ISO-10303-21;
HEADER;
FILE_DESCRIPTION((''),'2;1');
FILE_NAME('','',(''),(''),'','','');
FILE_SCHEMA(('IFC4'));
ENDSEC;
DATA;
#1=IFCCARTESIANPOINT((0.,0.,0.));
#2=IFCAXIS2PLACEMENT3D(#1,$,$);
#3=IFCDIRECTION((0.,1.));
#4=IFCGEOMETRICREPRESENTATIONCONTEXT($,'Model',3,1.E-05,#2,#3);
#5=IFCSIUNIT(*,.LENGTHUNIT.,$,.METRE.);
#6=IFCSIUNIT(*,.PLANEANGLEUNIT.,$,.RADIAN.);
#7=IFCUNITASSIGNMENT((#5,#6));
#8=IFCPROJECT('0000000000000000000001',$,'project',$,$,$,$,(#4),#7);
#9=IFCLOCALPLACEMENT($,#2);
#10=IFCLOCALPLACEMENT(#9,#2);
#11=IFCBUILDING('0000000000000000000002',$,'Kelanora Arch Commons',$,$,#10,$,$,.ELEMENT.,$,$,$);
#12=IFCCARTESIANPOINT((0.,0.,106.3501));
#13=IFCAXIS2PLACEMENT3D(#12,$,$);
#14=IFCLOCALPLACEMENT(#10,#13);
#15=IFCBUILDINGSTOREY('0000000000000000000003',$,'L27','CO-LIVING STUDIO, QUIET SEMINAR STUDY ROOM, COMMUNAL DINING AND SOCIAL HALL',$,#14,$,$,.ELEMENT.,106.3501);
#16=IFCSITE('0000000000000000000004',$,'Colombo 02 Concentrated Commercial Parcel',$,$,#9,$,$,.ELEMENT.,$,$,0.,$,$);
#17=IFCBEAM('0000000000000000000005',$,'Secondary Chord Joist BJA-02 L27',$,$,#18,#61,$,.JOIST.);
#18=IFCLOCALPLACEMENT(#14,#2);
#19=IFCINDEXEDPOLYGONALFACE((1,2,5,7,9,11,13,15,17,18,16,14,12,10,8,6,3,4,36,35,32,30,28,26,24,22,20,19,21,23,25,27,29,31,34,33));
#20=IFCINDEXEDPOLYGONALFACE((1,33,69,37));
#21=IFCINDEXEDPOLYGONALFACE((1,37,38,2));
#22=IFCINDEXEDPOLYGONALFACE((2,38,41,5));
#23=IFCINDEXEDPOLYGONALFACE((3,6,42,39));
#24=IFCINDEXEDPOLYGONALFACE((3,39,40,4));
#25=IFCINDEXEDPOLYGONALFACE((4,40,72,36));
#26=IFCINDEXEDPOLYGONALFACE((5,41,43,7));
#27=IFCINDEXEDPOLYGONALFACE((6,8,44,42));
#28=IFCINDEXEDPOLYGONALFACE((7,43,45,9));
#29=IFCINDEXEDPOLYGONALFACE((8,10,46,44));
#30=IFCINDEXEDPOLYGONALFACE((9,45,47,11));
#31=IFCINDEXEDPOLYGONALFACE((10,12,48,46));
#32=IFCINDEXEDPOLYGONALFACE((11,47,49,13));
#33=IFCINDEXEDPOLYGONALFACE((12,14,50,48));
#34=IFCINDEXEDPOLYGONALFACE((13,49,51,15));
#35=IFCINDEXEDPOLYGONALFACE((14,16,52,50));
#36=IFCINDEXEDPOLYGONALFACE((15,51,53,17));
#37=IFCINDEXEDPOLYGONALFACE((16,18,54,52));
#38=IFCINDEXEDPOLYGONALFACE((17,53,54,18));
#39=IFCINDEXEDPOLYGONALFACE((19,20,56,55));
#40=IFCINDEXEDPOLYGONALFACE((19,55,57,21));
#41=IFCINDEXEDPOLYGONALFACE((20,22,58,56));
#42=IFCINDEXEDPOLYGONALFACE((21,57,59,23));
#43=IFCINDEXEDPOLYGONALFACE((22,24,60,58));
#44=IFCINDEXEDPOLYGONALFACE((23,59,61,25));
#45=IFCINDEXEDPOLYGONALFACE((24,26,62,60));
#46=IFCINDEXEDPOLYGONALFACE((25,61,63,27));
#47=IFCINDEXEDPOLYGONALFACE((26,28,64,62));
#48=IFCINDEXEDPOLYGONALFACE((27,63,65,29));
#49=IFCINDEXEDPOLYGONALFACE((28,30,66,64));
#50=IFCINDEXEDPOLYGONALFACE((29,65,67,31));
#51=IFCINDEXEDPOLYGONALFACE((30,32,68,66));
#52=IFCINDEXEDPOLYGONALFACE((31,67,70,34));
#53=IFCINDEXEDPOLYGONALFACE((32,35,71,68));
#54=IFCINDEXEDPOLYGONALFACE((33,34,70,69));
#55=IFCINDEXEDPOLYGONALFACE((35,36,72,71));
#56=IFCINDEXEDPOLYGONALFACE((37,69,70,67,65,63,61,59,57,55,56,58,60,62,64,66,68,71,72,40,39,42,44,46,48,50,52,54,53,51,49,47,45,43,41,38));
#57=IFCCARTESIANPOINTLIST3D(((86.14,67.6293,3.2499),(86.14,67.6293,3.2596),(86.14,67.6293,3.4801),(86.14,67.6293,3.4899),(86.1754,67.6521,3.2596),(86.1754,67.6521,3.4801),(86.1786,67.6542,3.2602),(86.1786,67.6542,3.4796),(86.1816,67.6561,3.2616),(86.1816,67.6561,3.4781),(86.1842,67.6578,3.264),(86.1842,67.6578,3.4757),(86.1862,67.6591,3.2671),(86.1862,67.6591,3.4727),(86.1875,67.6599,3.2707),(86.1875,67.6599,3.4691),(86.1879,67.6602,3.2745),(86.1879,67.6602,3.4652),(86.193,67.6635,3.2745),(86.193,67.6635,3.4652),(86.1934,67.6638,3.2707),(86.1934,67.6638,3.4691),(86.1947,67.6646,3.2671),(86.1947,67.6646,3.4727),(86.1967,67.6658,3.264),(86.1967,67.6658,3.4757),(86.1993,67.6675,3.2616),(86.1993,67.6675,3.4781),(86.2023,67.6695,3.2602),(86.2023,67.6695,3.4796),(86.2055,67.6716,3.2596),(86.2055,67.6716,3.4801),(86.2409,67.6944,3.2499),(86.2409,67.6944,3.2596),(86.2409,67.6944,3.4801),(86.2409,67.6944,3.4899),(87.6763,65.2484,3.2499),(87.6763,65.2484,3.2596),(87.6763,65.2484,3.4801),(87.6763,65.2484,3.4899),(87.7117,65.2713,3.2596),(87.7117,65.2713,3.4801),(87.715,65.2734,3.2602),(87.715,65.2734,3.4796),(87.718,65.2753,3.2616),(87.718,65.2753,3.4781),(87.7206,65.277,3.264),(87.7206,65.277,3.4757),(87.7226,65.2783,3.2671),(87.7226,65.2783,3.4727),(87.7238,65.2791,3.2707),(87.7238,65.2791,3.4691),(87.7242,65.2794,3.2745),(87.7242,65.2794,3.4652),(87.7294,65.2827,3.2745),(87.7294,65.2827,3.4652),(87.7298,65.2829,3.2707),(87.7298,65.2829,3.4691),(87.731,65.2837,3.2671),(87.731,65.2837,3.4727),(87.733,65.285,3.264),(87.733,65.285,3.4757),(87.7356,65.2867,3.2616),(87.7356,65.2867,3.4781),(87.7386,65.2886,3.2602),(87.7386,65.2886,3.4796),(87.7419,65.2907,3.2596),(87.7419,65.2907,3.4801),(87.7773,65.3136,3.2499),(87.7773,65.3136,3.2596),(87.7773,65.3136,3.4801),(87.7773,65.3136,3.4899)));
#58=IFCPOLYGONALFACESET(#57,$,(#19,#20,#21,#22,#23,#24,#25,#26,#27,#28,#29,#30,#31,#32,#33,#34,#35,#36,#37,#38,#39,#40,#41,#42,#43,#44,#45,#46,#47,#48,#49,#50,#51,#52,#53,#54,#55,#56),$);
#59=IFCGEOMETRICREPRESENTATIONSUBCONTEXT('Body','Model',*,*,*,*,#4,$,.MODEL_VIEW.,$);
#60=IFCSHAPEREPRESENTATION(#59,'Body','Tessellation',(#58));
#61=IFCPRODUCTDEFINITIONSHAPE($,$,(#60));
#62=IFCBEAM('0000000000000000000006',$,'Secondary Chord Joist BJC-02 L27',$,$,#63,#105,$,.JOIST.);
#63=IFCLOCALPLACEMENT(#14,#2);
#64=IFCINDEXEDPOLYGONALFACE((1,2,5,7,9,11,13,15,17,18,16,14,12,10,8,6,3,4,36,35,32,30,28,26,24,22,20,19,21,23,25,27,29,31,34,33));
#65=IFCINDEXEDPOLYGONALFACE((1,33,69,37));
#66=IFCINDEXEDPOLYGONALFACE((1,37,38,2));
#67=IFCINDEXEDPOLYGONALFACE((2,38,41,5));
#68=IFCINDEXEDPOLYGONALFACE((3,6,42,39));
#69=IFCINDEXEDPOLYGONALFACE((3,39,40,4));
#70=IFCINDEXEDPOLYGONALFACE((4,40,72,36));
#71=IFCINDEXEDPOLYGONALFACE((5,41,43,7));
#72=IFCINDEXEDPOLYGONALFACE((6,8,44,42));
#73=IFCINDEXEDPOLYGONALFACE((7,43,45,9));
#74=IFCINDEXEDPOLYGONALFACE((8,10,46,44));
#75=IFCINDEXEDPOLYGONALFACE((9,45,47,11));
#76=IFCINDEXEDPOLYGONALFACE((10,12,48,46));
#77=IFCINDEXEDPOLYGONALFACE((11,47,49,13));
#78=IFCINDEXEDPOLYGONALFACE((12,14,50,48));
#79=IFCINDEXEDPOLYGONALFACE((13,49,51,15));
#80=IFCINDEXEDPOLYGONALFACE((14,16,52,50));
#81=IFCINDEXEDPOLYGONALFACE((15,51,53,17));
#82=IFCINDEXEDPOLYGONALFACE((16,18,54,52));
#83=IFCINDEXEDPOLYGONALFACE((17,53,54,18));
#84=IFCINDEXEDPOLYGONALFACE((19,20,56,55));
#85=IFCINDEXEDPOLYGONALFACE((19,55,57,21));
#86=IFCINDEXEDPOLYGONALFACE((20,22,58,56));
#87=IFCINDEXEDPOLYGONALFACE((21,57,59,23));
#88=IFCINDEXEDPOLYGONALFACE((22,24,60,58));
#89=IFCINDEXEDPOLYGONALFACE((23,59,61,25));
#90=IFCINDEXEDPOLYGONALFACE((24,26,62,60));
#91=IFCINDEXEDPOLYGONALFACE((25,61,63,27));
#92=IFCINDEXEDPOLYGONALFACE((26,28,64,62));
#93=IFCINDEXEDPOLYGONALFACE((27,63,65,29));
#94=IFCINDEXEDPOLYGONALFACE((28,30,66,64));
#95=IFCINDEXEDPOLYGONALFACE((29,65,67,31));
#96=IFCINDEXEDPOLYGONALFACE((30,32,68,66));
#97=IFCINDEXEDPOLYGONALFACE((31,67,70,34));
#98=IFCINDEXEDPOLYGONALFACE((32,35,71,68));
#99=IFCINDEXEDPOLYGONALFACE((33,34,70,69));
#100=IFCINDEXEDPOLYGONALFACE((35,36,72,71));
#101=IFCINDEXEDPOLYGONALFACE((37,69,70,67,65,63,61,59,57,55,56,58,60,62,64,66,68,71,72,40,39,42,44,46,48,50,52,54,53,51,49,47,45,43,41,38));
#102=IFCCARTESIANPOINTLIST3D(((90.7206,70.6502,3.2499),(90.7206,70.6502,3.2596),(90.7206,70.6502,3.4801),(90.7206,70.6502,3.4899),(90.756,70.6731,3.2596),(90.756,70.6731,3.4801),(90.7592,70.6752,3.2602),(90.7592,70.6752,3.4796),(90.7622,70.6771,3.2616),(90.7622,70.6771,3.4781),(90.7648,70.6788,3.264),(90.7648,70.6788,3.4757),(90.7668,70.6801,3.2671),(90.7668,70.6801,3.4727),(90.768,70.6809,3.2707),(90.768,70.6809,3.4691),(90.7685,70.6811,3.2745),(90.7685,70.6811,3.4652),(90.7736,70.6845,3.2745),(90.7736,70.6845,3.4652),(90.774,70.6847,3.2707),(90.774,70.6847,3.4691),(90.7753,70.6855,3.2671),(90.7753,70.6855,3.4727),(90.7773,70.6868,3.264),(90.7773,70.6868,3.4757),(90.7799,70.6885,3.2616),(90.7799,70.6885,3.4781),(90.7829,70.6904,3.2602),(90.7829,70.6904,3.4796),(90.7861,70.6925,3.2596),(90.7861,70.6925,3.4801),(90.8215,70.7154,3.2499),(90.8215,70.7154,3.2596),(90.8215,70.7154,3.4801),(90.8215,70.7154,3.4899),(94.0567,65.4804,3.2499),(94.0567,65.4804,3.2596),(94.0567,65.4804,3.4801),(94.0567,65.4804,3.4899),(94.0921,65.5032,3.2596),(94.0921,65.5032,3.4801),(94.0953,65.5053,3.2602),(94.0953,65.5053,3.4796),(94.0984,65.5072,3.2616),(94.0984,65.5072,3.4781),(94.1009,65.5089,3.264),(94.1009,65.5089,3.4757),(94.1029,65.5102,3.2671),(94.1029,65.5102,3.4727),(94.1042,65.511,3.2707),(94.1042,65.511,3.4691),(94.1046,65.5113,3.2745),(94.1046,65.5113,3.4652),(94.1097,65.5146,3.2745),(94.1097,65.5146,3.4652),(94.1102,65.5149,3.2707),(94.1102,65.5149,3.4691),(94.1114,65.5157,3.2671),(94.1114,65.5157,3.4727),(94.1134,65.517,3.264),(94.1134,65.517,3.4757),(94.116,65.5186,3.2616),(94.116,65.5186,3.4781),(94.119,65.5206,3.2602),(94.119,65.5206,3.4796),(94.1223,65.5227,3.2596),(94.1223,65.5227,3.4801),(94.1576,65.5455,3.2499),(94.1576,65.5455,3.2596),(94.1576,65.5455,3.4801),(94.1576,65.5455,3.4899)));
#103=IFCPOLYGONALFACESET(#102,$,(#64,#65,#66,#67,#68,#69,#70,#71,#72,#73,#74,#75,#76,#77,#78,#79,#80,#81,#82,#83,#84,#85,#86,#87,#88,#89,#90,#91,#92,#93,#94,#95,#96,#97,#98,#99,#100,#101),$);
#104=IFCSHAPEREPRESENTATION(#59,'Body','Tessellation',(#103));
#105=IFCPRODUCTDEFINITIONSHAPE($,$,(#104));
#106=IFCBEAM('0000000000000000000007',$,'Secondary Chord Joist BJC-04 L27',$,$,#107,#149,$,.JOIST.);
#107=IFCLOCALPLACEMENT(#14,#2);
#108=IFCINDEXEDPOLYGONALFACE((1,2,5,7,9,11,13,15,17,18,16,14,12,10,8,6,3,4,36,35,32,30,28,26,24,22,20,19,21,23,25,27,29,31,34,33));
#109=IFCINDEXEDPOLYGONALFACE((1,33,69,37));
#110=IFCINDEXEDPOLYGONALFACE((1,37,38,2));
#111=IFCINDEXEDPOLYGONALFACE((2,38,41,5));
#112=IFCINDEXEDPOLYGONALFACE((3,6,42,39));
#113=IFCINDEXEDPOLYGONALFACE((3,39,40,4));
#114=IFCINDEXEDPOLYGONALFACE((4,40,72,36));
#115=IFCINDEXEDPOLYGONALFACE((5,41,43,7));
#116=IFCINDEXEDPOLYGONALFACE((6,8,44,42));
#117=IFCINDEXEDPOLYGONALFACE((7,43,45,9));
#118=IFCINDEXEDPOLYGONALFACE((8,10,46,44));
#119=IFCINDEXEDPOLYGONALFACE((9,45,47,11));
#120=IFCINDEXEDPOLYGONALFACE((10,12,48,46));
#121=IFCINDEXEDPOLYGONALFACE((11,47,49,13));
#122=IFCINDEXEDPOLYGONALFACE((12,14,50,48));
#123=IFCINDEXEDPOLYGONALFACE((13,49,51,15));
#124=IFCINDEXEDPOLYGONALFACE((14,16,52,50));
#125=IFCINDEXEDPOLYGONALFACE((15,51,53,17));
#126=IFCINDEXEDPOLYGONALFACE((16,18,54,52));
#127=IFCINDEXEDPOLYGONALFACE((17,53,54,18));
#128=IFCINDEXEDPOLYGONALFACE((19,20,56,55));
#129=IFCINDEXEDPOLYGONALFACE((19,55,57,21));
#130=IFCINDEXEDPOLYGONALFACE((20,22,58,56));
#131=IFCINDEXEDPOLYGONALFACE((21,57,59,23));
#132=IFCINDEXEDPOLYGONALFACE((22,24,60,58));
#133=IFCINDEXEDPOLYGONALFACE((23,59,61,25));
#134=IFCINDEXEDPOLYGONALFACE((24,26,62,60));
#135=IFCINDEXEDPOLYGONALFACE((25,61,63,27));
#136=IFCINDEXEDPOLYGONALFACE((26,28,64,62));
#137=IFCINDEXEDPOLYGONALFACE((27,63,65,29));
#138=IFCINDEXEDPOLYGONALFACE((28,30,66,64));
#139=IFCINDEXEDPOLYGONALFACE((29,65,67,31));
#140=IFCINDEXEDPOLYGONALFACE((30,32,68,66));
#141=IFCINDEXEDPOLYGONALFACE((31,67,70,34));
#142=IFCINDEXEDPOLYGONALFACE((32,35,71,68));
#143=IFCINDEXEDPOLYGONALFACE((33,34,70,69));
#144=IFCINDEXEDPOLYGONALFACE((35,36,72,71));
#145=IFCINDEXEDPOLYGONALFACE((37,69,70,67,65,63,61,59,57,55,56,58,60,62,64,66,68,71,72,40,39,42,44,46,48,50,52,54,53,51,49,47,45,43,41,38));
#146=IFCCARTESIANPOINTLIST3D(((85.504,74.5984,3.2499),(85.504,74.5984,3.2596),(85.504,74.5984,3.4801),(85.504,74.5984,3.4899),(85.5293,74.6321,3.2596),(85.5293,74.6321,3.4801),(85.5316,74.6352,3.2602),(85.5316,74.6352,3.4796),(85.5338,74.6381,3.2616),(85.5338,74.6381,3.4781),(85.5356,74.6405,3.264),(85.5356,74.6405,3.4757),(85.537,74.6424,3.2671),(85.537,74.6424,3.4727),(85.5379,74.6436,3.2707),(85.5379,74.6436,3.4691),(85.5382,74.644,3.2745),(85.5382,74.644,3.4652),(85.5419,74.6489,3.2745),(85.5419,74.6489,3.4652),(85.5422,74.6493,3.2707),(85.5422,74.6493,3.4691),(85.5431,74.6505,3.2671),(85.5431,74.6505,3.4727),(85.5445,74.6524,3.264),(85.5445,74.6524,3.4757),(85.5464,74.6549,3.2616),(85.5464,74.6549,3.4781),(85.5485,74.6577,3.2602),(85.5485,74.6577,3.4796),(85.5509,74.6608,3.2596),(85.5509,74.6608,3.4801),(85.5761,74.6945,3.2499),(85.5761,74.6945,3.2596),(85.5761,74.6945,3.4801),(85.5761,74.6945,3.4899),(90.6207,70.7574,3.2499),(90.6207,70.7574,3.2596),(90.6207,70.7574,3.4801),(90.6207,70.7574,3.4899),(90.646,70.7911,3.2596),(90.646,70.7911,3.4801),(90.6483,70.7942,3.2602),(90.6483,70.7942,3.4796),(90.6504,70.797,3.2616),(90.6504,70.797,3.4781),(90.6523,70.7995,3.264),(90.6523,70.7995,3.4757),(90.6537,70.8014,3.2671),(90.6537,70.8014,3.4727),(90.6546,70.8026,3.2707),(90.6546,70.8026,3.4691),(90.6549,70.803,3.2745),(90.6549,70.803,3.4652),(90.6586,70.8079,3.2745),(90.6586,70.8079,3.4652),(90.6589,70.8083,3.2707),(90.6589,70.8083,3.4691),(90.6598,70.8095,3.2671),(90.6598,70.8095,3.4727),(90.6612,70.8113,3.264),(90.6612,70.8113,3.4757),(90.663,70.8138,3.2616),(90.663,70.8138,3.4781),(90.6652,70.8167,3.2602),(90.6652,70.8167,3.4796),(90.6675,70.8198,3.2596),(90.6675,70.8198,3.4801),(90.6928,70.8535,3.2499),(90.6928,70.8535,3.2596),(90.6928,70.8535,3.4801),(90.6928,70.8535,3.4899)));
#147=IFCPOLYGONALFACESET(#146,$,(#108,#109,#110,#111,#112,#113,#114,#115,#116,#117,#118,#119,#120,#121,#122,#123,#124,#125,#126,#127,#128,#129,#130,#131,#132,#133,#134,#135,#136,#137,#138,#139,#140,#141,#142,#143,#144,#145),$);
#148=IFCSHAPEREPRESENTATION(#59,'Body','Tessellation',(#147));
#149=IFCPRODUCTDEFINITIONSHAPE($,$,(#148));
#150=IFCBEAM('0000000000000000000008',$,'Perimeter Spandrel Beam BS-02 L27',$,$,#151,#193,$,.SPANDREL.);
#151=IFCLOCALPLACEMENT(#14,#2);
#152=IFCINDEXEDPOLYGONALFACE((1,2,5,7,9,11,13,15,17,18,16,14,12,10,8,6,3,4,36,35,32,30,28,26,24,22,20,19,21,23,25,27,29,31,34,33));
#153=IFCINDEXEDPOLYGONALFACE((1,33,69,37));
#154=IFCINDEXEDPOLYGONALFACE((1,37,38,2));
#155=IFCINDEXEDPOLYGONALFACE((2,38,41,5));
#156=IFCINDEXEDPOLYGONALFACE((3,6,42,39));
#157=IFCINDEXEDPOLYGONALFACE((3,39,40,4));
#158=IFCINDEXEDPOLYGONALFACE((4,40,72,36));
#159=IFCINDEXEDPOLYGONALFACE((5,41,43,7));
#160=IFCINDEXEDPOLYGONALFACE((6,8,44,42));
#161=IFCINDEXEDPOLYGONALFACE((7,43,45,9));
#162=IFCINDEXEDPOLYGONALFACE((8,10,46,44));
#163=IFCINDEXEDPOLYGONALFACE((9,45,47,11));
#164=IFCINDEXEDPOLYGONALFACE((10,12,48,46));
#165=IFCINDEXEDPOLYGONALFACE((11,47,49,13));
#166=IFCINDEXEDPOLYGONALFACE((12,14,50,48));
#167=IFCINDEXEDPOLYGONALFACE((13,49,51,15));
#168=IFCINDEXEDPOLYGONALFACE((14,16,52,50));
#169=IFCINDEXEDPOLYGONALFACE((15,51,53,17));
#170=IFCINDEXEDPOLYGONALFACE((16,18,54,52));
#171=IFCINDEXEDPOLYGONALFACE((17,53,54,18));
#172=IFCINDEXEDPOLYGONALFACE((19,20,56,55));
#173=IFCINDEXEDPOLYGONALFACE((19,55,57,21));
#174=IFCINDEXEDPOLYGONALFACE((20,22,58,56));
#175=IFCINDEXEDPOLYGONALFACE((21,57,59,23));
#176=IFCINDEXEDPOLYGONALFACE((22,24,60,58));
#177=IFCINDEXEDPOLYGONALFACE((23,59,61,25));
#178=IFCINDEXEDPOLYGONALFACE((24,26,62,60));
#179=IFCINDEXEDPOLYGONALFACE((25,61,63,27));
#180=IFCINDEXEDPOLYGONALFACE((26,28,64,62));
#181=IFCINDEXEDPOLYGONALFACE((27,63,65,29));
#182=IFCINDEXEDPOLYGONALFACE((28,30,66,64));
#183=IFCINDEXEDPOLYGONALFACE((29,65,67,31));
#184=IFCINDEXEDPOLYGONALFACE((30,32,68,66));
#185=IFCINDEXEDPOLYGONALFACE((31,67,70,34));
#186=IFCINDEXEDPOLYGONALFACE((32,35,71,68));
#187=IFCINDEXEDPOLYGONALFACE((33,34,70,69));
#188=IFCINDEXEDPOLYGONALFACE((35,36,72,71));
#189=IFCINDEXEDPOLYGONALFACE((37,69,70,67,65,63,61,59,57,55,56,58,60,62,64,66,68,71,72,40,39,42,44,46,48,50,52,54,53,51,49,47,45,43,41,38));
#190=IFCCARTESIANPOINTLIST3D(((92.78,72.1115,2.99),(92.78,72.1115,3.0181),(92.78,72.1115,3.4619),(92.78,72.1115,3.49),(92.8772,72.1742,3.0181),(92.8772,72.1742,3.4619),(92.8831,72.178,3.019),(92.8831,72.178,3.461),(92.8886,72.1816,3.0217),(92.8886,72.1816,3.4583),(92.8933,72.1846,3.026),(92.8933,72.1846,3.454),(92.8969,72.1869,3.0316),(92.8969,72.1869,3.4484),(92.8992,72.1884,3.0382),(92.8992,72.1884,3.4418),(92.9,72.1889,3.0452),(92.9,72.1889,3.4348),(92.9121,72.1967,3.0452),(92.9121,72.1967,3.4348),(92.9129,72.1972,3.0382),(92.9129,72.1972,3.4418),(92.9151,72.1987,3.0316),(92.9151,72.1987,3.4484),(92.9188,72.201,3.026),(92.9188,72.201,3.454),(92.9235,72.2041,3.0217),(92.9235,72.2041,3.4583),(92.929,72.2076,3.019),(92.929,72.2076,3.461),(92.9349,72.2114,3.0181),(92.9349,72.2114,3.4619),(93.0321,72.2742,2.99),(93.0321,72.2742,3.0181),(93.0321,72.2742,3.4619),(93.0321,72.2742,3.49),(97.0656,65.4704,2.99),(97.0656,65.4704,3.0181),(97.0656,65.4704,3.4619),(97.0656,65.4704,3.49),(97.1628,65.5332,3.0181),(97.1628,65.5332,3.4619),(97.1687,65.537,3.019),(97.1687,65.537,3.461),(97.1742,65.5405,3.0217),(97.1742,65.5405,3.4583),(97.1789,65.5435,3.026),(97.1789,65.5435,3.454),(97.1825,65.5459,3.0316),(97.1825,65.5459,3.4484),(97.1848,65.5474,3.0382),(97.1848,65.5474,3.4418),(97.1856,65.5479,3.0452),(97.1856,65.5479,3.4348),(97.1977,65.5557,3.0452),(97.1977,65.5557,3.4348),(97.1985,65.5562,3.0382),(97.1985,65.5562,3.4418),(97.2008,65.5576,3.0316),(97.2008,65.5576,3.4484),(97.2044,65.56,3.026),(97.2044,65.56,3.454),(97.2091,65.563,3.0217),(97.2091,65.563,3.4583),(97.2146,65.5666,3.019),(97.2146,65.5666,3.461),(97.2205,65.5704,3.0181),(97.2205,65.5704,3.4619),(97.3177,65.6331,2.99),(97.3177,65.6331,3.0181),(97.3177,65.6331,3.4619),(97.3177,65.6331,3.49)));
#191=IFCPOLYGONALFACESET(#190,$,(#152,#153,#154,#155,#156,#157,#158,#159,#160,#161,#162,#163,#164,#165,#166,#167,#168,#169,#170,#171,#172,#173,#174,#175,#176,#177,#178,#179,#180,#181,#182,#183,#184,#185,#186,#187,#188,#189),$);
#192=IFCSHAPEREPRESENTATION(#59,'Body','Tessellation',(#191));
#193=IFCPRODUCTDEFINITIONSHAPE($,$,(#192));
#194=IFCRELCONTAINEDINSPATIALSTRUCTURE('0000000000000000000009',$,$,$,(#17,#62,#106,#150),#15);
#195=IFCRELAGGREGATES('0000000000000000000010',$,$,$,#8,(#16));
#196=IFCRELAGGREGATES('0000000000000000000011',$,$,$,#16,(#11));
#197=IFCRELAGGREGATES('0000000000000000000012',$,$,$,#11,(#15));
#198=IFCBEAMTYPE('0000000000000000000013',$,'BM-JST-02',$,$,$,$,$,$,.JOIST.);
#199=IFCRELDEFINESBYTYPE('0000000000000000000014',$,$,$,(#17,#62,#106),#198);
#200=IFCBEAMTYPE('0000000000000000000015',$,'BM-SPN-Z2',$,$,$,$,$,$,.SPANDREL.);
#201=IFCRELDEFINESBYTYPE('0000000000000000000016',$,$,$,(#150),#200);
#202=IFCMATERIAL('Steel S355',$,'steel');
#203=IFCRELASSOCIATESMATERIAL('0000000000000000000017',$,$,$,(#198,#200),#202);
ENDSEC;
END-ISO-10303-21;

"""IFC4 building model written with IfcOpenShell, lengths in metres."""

from ifc_helpers import new_model, si_unit, direction, frame, origin, origin_2d, place, context, subcontext, project, spatial, i_section, extrude, material, material_profile, profile_set, type_object, element, save


model = new_model("IFC4")

# Units and contexts
model_context = context("Model", 3, precision=1e-05, world=origin(), true_north=direction((0.0, 1.0)))
body_context = subcontext(model_context, "Body", "Model", "MODEL_VIEW")
ifc_project = project(units=[si_unit("LENGTHUNIT", "METRE"), si_unit("PLANEANGLEUNIT", "RADIAN")], contexts=[model_context])

# Site, building, storey
site_placement = place(None, origin())
site = spatial("IfcSite", under=ifc_project, at=site_placement, Name="Colombo 02 Concentrated Commercial Parcel", CompositionType="ELEMENT", RefElevation=0.0)
building_placement = place(site_placement, origin())
building = spatial("IfcBuilding", under=site, at=building_placement, Name="Kelanora Arch Commons", CompositionType="ELEMENT")
storey_placement = place(building_placement, frame((0.0, 0.0, 106.3501)))
storey = spatial("IfcBuildingStorey", under=building, at=storey_placement, Name="L27", Description="CO-LIVING STUDIO, QUIET SEMINAR STUDY ROOM, COMMUNAL DINING AND SOCIAL HALL", CompositionType="ELEMENT", Elevation=106.3501)

# Beams
ifc_material_1 = material(Name="Steel S355", Category="steel")
ifc_material_profile_1 = material_profile(ifc_material_1, i_section(OverallWidth=0.1201, OverallDepth=0.24, WebThickness=0.0061, FlangeThickness=0.0098, FilletRadius=0.0149, at=origin_2d()), Name="IPE240")
ifc_profile_set_1 = profile_set([ifc_material_profile_1], Name="Steel S355")
beam_type_1 = type_object("IfcBeamType", Name="BM-JST-02", PredefinedType="JOIST", material=ifc_profile_set_1)
beam_1_placement = place(storey_placement, frame((87.7268, 65.281, 3.3699), z_axis=(-0.542211, 0.840242, 0.0), x_axis=(-0.840242, -0.542211, 0.0)))
element("IfcBeam", 1, at=beam_1_placement, inside=storey, type_object=beam_type_1, Name="Secondary Chord Joist BJA-02 L27", PredefinedType="JOIST", context=body_context, shape_type="SweptSolid", body=[
    extrude(i_section(OverallWidth=0.1201, OverallDepth=0.24, WebThickness=0.0061, FlangeThickness=0.0098, FilletRadius=0.0149, at=origin_2d()), origin(), (0.0, 0.0, 1.0), 2.8335),
])
beam_2_placement = place(storey_placement, frame((94.1072, 65.5129, 3.3699), z_axis=(-0.542213, 0.840241, 0.0), x_axis=(-0.840241, -0.542213, 0.0)))
element("IfcBeam", 2, at=beam_2_placement, inside=storey, type_object=beam_type_1, Name="Secondary Chord Joist BJC-02 L27", PredefinedType="JOIST", context=body_context, shape_type="SweptSolid", body=[
    extrude(i_section(OverallWidth=0.1201, OverallDepth=0.24, WebThickness=0.0061, FlangeThickness=0.0098, FilletRadius=0.0149, at=origin_2d()), origin(), (0.0, 0.0, 1.0), 6.1528),
])
beam_3_placement = place(storey_placement, frame((90.6567, 70.8054, 3.3699), z_axis=(-0.799734, 0.600354, 0.0), x_axis=(-0.600354, -0.799734, 0.0)))
element("IfcBeam", 3, at=beam_3_placement, inside=storey, type_object=beam_type_1, Name="Secondary Chord Joist BJC-04 L27", PredefinedType="JOIST", context=body_context, shape_type="SweptSolid", body=[
    extrude(i_section(OverallWidth=0.1201, OverallDepth=0.24, WebThickness=0.0061, FlangeThickness=0.0098, FilletRadius=0.0149, at=origin_2d()), origin(), (0.0, 0.0, 1.0), 6.3979),
])
ifc_material_profile_2 = material_profile(ifc_material_1, i_section(OverallWidth=0.3, OverallDepth=0.5, WebThickness=0.0144, FlangeThickness=0.0281, FilletRadius=0.0271, at=origin_2d()), Name="HEB500")
ifc_profile_set_2 = profile_set([ifc_material_profile_2], Name="Steel S355")
beam_type_2 = type_object("IfcBeamType", Name="BM-SPN-Z2", PredefinedType="SPANDREL", material=ifc_profile_set_2)
beam_4_placement = place(storey_placement, frame((97.1917, 65.5518, 3.24), z_axis=(-0.542221, 0.840236, 0.0), x_axis=(-0.840236, -0.542221, 0.0)))
element("IfcBeam", 4, at=beam_4_placement, inside=storey, type_object=beam_type_2, Name="Perimeter Spandrel Beam BS-02 L27", PredefinedType="SPANDREL", context=body_context, shape_type="SweptSolid", body=[
    extrude(i_section(OverallWidth=0.3, OverallDepth=0.5, WebThickness=0.0144, FlangeThickness=0.0281, FilletRadius=0.0271, at=origin_2d()), origin(), (0.0, 0.0, 1.0), 7.9038),
])

save(model, "model.ifc")
